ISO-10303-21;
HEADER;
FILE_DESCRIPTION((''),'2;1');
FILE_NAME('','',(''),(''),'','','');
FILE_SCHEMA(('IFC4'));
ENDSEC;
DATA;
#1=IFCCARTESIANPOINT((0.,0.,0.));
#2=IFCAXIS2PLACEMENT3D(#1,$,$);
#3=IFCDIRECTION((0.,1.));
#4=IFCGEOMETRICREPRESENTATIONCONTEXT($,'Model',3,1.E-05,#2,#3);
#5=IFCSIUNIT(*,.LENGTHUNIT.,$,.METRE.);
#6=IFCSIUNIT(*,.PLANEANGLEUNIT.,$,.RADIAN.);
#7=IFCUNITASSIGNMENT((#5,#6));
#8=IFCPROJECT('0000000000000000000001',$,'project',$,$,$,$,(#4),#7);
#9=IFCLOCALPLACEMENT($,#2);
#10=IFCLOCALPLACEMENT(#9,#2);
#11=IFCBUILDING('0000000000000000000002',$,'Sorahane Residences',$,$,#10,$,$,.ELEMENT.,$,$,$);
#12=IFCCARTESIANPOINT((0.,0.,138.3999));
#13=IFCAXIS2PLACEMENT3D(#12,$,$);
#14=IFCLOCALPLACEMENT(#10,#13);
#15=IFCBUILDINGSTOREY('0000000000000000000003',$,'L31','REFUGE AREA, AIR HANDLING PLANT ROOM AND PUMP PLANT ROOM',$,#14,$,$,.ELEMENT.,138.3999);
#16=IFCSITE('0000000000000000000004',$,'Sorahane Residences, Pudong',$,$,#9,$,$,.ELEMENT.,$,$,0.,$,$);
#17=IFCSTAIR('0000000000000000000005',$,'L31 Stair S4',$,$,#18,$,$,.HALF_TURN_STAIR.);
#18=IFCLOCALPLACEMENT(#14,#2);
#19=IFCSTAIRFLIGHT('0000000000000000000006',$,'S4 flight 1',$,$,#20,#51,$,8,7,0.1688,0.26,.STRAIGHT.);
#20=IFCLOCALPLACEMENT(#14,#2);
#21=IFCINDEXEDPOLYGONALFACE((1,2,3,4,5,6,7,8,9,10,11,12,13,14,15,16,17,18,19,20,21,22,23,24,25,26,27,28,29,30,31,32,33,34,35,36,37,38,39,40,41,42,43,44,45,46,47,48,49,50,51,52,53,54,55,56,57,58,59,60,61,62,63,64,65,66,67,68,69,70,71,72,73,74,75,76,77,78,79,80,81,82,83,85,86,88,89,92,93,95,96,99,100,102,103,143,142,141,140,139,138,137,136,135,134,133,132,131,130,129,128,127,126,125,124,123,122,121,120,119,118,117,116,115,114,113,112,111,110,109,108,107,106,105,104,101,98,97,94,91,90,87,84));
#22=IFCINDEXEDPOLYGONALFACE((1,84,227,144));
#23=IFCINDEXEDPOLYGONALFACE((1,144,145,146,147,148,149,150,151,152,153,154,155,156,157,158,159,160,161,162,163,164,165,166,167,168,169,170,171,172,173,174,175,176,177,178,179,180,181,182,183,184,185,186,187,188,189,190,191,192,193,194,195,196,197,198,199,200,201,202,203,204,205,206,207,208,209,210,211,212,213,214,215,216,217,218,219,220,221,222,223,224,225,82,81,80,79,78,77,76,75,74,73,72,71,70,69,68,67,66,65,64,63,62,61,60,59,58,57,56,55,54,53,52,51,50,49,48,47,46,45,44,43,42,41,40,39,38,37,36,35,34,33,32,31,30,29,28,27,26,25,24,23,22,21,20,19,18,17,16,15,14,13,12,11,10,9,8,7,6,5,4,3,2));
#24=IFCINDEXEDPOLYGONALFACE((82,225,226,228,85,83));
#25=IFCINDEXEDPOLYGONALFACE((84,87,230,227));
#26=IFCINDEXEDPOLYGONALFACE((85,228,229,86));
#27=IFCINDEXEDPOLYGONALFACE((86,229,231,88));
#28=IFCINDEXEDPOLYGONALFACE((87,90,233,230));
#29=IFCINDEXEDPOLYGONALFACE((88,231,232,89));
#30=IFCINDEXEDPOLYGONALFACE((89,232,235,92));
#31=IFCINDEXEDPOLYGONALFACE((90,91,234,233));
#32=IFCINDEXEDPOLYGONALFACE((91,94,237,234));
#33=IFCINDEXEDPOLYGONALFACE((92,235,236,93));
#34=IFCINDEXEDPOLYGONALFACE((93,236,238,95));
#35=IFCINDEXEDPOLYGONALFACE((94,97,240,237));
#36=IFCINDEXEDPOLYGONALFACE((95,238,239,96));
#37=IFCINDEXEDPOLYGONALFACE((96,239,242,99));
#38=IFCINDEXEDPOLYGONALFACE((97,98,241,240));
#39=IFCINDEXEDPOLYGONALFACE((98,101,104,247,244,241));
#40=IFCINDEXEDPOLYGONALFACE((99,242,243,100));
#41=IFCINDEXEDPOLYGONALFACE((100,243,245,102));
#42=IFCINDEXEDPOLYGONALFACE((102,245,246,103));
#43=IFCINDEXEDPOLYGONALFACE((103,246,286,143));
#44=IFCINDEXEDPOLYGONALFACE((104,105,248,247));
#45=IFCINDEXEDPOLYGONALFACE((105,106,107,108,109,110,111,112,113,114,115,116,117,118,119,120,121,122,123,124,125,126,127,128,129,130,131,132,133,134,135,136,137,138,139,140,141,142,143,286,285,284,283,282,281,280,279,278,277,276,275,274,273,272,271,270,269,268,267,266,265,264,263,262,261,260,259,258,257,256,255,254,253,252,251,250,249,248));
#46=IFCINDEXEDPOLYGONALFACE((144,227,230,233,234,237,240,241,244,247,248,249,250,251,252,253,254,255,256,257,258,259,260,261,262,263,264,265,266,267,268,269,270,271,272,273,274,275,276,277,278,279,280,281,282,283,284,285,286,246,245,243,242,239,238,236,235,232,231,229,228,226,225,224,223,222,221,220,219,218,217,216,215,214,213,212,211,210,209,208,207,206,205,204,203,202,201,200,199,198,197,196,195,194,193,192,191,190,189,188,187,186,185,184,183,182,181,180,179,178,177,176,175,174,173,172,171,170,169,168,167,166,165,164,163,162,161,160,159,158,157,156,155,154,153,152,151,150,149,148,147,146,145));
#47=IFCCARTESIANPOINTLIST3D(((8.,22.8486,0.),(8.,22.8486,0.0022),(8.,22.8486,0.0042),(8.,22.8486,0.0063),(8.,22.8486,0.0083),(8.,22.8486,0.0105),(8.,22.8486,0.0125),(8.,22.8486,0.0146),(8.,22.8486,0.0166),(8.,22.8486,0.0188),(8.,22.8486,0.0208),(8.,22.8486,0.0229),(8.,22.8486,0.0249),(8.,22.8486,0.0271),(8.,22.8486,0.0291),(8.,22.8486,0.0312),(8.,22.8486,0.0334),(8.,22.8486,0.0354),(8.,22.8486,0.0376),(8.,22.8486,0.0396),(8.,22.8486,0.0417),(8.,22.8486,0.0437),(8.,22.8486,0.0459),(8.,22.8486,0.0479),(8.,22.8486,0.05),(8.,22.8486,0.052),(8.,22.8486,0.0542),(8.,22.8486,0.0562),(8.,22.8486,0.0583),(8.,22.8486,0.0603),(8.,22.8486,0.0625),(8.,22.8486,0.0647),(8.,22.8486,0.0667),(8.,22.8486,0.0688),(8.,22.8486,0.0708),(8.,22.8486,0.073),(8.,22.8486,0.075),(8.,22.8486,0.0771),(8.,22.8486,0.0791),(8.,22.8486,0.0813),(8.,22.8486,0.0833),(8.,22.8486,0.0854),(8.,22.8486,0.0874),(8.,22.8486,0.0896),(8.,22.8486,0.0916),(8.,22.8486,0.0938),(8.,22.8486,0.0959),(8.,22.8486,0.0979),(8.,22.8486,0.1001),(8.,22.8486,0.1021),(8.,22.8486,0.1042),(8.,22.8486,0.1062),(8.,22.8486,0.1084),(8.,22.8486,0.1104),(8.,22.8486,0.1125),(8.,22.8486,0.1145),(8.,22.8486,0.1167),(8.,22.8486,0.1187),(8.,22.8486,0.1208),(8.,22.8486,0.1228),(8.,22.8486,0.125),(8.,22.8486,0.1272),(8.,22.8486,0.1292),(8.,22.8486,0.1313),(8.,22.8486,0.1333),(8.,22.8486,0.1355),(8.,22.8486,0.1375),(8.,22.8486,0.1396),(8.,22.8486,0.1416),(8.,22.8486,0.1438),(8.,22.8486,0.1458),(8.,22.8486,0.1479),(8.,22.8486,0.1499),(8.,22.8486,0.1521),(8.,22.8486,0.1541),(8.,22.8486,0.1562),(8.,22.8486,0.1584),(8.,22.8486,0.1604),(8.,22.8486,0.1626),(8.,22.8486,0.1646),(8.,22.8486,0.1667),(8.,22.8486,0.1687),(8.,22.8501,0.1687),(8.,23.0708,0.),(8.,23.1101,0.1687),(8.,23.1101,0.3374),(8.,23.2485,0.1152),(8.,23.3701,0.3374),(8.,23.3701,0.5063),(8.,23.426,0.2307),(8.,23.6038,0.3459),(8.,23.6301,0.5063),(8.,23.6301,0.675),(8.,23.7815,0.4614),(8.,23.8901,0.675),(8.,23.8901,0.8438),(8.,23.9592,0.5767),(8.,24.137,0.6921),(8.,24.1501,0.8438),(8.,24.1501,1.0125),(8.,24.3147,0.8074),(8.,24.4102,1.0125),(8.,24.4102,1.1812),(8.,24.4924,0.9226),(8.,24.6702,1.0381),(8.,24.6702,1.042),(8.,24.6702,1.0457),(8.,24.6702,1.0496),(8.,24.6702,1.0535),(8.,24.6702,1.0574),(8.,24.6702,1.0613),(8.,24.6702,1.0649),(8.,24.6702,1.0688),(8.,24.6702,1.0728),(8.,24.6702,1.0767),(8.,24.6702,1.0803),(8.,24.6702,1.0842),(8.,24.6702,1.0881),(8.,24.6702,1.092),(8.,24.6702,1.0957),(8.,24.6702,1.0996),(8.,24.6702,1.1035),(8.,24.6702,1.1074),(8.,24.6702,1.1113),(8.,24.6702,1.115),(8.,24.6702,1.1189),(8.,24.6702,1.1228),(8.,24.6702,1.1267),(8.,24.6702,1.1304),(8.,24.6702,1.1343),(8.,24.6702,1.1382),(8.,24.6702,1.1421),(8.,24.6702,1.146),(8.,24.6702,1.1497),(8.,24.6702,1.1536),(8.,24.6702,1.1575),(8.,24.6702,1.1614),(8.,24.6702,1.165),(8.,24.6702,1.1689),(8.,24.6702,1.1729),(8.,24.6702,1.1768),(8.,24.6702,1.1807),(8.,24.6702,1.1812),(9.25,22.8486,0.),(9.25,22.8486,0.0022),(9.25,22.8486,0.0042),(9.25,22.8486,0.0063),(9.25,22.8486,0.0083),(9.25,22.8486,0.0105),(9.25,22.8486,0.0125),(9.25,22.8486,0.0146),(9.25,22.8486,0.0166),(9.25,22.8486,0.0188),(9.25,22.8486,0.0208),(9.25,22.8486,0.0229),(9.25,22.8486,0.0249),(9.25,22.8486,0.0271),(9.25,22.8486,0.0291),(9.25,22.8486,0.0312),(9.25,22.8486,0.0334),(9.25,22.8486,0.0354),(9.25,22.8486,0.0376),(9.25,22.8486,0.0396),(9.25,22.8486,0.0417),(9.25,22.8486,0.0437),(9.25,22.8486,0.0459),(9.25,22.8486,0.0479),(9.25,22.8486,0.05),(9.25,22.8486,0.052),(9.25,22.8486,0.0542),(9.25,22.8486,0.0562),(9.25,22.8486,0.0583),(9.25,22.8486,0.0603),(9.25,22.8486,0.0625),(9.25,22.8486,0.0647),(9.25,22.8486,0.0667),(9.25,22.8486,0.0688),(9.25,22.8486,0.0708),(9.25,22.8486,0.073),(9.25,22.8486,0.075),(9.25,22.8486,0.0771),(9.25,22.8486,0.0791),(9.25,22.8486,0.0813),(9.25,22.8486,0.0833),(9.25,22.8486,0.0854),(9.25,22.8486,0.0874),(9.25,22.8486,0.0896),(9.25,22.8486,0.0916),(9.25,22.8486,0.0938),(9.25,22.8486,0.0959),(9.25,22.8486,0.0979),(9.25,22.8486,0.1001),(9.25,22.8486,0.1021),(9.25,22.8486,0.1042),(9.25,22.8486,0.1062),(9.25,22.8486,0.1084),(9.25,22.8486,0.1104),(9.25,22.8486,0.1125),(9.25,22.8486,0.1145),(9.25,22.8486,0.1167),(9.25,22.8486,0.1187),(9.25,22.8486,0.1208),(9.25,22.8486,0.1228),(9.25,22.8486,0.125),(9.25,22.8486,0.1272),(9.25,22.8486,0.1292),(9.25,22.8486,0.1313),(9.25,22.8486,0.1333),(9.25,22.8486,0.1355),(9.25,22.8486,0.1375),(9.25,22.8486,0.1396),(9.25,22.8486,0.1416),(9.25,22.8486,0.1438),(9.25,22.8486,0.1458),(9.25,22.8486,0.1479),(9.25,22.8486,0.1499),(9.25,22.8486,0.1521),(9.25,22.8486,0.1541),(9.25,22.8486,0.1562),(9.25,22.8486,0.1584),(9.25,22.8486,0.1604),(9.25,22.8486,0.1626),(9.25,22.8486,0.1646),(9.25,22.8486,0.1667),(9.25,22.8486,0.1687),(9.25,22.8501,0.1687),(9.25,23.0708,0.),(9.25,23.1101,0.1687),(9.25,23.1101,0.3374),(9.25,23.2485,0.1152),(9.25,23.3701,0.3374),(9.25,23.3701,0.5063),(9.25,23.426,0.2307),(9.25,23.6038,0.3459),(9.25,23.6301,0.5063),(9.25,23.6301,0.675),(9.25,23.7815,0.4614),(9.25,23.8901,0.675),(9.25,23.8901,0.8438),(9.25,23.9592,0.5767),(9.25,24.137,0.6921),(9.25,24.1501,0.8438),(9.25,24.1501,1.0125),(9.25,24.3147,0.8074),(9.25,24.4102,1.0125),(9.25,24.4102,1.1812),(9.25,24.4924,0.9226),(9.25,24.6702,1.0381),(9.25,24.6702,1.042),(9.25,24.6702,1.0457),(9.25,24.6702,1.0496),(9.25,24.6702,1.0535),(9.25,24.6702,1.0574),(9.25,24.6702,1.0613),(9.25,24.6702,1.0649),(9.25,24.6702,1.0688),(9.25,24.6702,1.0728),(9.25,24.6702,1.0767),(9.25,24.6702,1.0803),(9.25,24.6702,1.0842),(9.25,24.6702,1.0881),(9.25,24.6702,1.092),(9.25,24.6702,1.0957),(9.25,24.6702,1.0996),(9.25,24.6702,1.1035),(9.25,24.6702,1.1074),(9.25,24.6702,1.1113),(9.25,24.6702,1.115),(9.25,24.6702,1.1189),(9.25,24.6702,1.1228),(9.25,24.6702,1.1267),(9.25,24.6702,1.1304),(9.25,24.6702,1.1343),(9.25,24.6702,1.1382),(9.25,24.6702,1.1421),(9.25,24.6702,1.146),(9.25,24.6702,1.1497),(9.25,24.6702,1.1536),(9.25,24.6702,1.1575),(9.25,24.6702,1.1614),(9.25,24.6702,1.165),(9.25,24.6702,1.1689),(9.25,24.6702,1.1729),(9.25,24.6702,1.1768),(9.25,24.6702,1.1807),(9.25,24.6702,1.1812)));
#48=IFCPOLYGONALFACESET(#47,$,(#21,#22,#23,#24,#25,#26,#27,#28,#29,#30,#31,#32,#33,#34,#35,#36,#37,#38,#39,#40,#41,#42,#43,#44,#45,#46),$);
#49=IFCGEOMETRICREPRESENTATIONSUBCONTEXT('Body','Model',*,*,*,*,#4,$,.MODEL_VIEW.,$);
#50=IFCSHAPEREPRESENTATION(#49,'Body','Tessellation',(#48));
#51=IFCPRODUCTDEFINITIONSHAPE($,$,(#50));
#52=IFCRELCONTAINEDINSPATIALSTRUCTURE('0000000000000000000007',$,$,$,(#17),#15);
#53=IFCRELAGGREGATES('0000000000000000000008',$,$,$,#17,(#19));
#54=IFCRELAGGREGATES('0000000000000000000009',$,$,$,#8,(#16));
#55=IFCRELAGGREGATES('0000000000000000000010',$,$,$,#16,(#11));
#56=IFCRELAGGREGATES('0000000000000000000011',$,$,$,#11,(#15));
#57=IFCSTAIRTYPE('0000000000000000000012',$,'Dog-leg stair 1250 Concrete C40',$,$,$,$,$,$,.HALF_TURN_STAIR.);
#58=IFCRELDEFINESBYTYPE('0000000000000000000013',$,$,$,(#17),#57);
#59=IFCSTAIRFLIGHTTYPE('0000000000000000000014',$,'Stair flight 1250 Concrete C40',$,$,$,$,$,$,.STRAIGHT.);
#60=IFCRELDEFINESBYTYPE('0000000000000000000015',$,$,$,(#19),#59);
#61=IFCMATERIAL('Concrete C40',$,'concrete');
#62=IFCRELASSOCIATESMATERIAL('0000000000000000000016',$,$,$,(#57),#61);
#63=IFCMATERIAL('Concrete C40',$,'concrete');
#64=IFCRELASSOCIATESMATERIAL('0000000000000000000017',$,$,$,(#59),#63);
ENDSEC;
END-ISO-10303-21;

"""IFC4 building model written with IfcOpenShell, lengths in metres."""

from ifc_helpers import new_model, si_unit, direction, frame, origin, place, context, subcontext, project, spatial, polyline, outline, extrude, material, type_object, element, aggregate, save


model = new_model("IFC4")

# Units and contexts
model_context = context("Model", 3, precision=1e-05, world=origin(), true_north=direction((0.0, 1.0)))
body_context = subcontext(model_context, "Body", "Model", "MODEL_VIEW")
ifc_project = project(units=[si_unit("LENGTHUNIT", "METRE"), si_unit("PLANEANGLEUNIT", "RADIAN")], contexts=[model_context])

# Site, building, storey
site_placement = place(None, origin())
site = spatial("IfcSite", under=ifc_project, at=site_placement, Name="Sorahane Residences, Pudong", CompositionType="ELEMENT", RefElevation=0.0)
building_placement = place(site_placement, origin())
building = spatial("IfcBuilding", under=site, at=building_placement, Name="Sorahane Residences", CompositionType="ELEMENT")
storey_placement = place(building_placement, frame((0.0, 0.0, 138.3999)))
storey = spatial("IfcBuildingStorey", under=building, at=storey_placement, Name="L31", Description="REFUGE AREA, AIR HANDLING PLANT ROOM AND PUMP PLANT ROOM", CompositionType="ELEMENT", Elevation=138.3999)

# Stair, stair flight
ifc_material_1 = material(Name="Concrete C40", Category="concrete")
stair_type = type_object("IfcStairType", Name="Dog-leg stair 1250 Concrete C40", PredefinedType="HALF_TURN_STAIR", material=ifc_material_1)
stair_placement = place(storey_placement, origin())
stair = element("IfcStair", 1, at=stair_placement, inside=storey, type_object=stair_type, Name="L31 Stair S4", PredefinedType="HALF_TURN_STAIR")
ifc_material_2 = material(Name="Concrete C40", Category="concrete")
stair_flight_type = type_object("IfcStairFlightType", Name="Stair flight 1250 Concrete C40", PredefinedType="STRAIGHT", material=ifc_material_2)
stair_flight_1_placement = place(storey_placement, frame((8.625, 22.8501, 0.0), z_axis=(0.0, 0.0, 1.0), x_axis=(0.0, 1.0, 0.0)))
stair_flight_1 = element("IfcStairFlight", 2, at=stair_flight_1_placement, type_object=stair_flight_type, Name="S4 flight 1", NumberOfRisers=8, NumberOfTreads=7, PredefinedType="STRAIGHT", RiserHeight=0.1688, TreadLength=0.26, context=body_context, shape_type="SweptSolid", body=[
    extrude(outline(polyline([(-0.0015, 0.0), (-0.0015, 0.0022), (-0.0015, 0.0042), (-0.0015, 0.0063), (-0.0015, 0.0083), (-0.0015, 0.0105), (-0.0015, 0.0125), (-0.0015, 0.0146), (-0.0015, 0.0166), (-0.0015, 0.0188), (-0.0015, 0.0208), (-0.0015, 0.0229), (-0.0015, 0.0249), (-0.0015, 0.0271), (-0.0015, 0.0291), (-0.0015, 0.0312), (-0.0015, 0.0334), (-0.0015, 0.0354), (-0.0015, 0.0376), (-0.0015, 0.0396), (-0.0015, 0.0417), (-0.0015, 0.0437), (-0.0015, 0.0459), (-0.0015, 0.0479), (-0.0015, 0.05), (-0.0015, 0.052), (-0.0015, 0.0542), (-0.0015, 0.0562), (-0.0015, 0.0583), (-0.0015, 0.0603), (-0.0015, 0.0625), (-0.0015, 0.0647), (-0.0015, 0.0667), (-0.0015, 0.0688), (-0.0015, 0.0708), (-0.0015, 0.073), (-0.0015, 0.075), (-0.0015, 0.0771), (-0.0015, 0.0791), (-0.0015, 0.0813), (-0.0015, 0.0833), (-0.0015, 0.0854), (-0.0015, 0.0874), (-0.0015, 0.0896), (-0.0015, 0.0916), (-0.0015, 0.0938), (-0.0015, 0.0959), (-0.0015, 0.0979), (-0.0015, 0.1001), (-0.0015, 0.1021), (-0.0015, 0.1042), (-0.0015, 0.1062), (-0.0015, 0.1084), (-0.0015, 0.1104), (-0.0015, 0.1125), (-0.0015, 0.1145), (-0.0015, 0.1167), (-0.0015, 0.1187), (-0.0015, 0.1208), (-0.0015, 0.1228), (-0.0015, 0.125), (-0.0015, 0.1272), (-0.0015, 0.1292), (-0.0015, 0.1313), (-0.0015, 0.1333), (-0.0015, 0.1355), (-0.0015, 0.1375), (-0.0015, 0.1396), (-0.0015, 0.1416), (-0.0015, 0.1438), (-0.0015, 0.1458), (-0.0015, 0.1479), (-0.0015, 0.1499), (-0.0015, 0.1521), (-0.0015, 0.1541), (-0.0015, 0.1562), (-0.0015, 0.1584), (-0.0015, 0.1604), (-0.0015, 0.1626), (-0.0015, 0.1646), (-0.0015, 0.1667), (-0.0015, 0.1687), (0.0, 0.1687), (0.26, 0.1687), (0.26, 0.3374), (0.52, 0.3374), (0.52, 0.5063), (0.78, 0.5063), (0.78, 0.675), (1.04, 0.675), (1.04, 0.8438), (1.3, 0.8438), (1.3, 1.0125), (1.5601, 1.0125), (1.5601, 1.1812), (1.8201, 1.1812), (1.8201, 1.3501), (1.8201, 1.3462), (1.8201, 1.3423), (1.8201, 1.3384), (1.8201, 1.3347), (1.8201, 1.3308), (1.8201, 1.3269), (1.8201, 1.323), (1.8201, 1.3191), (1.8201, 1.3154), (1.8201, 1.3115), (1.8201, 1.3076), (1.8201, 1.3037), (1.8201, 1.3), (1.8201, 1.2961), (1.8201, 1.2922), (1.8201, 1.2883), (1.8201, 1.2844), (1.8201, 1.2808), (1.8201, 1.2769), (1.8201, 1.2729), (1.8201, 1.269), (1.8201, 1.2654), (1.8201, 1.2615), (1.8201, 1.2576), (1.8201, 1.2537), (1.8201, 1.2498), (1.8201, 1.2461), (1.8201, 1.2422), (1.8201, 1.2383), (1.8201, 1.2344), (1.8201, 1.2307), (1.8201, 1.2268), (1.8201, 1.2229), (1.8201, 1.219), (1.8201, 1.2151), (1.8201, 1.2114), (1.8201, 1.2075), (1.8201, 1.2036), (1.8201, 1.1997), (1.8201, 1.196), (1.8201, 1.1921), (1.8201, 1.1882), (1.8201, 1.1843), (1.8201, 1.1807), (1.8201, 1.1768), (1.8201, 1.1729), (1.8201, 1.1689), (1.8201, 1.165), (1.8201, 1.1614), (1.8201, 1.1575), (1.8201, 1.1536), (1.8201, 1.1497), (1.8201, 1.146), (1.8201, 1.1421), (1.8201, 1.1382), (1.8201, 1.1343), (1.8201, 1.1304), (1.8201, 1.1267), (1.8201, 1.1228), (1.8201, 1.1189), (1.8201, 1.115), (1.8201, 1.1113), (1.8201, 1.1074), (1.8201, 1.1035), (1.8201, 1.0996), (1.8201, 1.0957), (1.8201, 1.092), (1.8201, 1.0881), (1.8201, 1.0842), (1.8201, 1.0803), (1.8201, 1.0767), (1.8201, 1.0728), (1.8201, 1.0688), (1.8201, 1.0649), (1.8201, 1.0613), (1.8201, 1.0574), (1.8201, 1.0535), (1.8201, 1.0496), (1.8201, 1.0457), (1.8201, 1.042), (1.8201, 1.0381), (1.6423, 0.9226), (1.4646, 0.8074), (1.2869, 0.6921), (1.1091, 0.5767), (0.9314, 0.4614), (0.7537, 0.3459), (0.5759, 0.2307), (0.3984, 0.1152), (0.2207, 0.0), (-0.0015, 0.0)])), frame((0.0, 0.625, 0.0), z_axis=(0.0, -1.0, 0.0), x_axis=(1.0, 0.0, 0.0)), (0.0, 0.0, 1.0), 1.25),
])
aggregate(stair, [stair_flight_1])

save(model, "model.ifc")
